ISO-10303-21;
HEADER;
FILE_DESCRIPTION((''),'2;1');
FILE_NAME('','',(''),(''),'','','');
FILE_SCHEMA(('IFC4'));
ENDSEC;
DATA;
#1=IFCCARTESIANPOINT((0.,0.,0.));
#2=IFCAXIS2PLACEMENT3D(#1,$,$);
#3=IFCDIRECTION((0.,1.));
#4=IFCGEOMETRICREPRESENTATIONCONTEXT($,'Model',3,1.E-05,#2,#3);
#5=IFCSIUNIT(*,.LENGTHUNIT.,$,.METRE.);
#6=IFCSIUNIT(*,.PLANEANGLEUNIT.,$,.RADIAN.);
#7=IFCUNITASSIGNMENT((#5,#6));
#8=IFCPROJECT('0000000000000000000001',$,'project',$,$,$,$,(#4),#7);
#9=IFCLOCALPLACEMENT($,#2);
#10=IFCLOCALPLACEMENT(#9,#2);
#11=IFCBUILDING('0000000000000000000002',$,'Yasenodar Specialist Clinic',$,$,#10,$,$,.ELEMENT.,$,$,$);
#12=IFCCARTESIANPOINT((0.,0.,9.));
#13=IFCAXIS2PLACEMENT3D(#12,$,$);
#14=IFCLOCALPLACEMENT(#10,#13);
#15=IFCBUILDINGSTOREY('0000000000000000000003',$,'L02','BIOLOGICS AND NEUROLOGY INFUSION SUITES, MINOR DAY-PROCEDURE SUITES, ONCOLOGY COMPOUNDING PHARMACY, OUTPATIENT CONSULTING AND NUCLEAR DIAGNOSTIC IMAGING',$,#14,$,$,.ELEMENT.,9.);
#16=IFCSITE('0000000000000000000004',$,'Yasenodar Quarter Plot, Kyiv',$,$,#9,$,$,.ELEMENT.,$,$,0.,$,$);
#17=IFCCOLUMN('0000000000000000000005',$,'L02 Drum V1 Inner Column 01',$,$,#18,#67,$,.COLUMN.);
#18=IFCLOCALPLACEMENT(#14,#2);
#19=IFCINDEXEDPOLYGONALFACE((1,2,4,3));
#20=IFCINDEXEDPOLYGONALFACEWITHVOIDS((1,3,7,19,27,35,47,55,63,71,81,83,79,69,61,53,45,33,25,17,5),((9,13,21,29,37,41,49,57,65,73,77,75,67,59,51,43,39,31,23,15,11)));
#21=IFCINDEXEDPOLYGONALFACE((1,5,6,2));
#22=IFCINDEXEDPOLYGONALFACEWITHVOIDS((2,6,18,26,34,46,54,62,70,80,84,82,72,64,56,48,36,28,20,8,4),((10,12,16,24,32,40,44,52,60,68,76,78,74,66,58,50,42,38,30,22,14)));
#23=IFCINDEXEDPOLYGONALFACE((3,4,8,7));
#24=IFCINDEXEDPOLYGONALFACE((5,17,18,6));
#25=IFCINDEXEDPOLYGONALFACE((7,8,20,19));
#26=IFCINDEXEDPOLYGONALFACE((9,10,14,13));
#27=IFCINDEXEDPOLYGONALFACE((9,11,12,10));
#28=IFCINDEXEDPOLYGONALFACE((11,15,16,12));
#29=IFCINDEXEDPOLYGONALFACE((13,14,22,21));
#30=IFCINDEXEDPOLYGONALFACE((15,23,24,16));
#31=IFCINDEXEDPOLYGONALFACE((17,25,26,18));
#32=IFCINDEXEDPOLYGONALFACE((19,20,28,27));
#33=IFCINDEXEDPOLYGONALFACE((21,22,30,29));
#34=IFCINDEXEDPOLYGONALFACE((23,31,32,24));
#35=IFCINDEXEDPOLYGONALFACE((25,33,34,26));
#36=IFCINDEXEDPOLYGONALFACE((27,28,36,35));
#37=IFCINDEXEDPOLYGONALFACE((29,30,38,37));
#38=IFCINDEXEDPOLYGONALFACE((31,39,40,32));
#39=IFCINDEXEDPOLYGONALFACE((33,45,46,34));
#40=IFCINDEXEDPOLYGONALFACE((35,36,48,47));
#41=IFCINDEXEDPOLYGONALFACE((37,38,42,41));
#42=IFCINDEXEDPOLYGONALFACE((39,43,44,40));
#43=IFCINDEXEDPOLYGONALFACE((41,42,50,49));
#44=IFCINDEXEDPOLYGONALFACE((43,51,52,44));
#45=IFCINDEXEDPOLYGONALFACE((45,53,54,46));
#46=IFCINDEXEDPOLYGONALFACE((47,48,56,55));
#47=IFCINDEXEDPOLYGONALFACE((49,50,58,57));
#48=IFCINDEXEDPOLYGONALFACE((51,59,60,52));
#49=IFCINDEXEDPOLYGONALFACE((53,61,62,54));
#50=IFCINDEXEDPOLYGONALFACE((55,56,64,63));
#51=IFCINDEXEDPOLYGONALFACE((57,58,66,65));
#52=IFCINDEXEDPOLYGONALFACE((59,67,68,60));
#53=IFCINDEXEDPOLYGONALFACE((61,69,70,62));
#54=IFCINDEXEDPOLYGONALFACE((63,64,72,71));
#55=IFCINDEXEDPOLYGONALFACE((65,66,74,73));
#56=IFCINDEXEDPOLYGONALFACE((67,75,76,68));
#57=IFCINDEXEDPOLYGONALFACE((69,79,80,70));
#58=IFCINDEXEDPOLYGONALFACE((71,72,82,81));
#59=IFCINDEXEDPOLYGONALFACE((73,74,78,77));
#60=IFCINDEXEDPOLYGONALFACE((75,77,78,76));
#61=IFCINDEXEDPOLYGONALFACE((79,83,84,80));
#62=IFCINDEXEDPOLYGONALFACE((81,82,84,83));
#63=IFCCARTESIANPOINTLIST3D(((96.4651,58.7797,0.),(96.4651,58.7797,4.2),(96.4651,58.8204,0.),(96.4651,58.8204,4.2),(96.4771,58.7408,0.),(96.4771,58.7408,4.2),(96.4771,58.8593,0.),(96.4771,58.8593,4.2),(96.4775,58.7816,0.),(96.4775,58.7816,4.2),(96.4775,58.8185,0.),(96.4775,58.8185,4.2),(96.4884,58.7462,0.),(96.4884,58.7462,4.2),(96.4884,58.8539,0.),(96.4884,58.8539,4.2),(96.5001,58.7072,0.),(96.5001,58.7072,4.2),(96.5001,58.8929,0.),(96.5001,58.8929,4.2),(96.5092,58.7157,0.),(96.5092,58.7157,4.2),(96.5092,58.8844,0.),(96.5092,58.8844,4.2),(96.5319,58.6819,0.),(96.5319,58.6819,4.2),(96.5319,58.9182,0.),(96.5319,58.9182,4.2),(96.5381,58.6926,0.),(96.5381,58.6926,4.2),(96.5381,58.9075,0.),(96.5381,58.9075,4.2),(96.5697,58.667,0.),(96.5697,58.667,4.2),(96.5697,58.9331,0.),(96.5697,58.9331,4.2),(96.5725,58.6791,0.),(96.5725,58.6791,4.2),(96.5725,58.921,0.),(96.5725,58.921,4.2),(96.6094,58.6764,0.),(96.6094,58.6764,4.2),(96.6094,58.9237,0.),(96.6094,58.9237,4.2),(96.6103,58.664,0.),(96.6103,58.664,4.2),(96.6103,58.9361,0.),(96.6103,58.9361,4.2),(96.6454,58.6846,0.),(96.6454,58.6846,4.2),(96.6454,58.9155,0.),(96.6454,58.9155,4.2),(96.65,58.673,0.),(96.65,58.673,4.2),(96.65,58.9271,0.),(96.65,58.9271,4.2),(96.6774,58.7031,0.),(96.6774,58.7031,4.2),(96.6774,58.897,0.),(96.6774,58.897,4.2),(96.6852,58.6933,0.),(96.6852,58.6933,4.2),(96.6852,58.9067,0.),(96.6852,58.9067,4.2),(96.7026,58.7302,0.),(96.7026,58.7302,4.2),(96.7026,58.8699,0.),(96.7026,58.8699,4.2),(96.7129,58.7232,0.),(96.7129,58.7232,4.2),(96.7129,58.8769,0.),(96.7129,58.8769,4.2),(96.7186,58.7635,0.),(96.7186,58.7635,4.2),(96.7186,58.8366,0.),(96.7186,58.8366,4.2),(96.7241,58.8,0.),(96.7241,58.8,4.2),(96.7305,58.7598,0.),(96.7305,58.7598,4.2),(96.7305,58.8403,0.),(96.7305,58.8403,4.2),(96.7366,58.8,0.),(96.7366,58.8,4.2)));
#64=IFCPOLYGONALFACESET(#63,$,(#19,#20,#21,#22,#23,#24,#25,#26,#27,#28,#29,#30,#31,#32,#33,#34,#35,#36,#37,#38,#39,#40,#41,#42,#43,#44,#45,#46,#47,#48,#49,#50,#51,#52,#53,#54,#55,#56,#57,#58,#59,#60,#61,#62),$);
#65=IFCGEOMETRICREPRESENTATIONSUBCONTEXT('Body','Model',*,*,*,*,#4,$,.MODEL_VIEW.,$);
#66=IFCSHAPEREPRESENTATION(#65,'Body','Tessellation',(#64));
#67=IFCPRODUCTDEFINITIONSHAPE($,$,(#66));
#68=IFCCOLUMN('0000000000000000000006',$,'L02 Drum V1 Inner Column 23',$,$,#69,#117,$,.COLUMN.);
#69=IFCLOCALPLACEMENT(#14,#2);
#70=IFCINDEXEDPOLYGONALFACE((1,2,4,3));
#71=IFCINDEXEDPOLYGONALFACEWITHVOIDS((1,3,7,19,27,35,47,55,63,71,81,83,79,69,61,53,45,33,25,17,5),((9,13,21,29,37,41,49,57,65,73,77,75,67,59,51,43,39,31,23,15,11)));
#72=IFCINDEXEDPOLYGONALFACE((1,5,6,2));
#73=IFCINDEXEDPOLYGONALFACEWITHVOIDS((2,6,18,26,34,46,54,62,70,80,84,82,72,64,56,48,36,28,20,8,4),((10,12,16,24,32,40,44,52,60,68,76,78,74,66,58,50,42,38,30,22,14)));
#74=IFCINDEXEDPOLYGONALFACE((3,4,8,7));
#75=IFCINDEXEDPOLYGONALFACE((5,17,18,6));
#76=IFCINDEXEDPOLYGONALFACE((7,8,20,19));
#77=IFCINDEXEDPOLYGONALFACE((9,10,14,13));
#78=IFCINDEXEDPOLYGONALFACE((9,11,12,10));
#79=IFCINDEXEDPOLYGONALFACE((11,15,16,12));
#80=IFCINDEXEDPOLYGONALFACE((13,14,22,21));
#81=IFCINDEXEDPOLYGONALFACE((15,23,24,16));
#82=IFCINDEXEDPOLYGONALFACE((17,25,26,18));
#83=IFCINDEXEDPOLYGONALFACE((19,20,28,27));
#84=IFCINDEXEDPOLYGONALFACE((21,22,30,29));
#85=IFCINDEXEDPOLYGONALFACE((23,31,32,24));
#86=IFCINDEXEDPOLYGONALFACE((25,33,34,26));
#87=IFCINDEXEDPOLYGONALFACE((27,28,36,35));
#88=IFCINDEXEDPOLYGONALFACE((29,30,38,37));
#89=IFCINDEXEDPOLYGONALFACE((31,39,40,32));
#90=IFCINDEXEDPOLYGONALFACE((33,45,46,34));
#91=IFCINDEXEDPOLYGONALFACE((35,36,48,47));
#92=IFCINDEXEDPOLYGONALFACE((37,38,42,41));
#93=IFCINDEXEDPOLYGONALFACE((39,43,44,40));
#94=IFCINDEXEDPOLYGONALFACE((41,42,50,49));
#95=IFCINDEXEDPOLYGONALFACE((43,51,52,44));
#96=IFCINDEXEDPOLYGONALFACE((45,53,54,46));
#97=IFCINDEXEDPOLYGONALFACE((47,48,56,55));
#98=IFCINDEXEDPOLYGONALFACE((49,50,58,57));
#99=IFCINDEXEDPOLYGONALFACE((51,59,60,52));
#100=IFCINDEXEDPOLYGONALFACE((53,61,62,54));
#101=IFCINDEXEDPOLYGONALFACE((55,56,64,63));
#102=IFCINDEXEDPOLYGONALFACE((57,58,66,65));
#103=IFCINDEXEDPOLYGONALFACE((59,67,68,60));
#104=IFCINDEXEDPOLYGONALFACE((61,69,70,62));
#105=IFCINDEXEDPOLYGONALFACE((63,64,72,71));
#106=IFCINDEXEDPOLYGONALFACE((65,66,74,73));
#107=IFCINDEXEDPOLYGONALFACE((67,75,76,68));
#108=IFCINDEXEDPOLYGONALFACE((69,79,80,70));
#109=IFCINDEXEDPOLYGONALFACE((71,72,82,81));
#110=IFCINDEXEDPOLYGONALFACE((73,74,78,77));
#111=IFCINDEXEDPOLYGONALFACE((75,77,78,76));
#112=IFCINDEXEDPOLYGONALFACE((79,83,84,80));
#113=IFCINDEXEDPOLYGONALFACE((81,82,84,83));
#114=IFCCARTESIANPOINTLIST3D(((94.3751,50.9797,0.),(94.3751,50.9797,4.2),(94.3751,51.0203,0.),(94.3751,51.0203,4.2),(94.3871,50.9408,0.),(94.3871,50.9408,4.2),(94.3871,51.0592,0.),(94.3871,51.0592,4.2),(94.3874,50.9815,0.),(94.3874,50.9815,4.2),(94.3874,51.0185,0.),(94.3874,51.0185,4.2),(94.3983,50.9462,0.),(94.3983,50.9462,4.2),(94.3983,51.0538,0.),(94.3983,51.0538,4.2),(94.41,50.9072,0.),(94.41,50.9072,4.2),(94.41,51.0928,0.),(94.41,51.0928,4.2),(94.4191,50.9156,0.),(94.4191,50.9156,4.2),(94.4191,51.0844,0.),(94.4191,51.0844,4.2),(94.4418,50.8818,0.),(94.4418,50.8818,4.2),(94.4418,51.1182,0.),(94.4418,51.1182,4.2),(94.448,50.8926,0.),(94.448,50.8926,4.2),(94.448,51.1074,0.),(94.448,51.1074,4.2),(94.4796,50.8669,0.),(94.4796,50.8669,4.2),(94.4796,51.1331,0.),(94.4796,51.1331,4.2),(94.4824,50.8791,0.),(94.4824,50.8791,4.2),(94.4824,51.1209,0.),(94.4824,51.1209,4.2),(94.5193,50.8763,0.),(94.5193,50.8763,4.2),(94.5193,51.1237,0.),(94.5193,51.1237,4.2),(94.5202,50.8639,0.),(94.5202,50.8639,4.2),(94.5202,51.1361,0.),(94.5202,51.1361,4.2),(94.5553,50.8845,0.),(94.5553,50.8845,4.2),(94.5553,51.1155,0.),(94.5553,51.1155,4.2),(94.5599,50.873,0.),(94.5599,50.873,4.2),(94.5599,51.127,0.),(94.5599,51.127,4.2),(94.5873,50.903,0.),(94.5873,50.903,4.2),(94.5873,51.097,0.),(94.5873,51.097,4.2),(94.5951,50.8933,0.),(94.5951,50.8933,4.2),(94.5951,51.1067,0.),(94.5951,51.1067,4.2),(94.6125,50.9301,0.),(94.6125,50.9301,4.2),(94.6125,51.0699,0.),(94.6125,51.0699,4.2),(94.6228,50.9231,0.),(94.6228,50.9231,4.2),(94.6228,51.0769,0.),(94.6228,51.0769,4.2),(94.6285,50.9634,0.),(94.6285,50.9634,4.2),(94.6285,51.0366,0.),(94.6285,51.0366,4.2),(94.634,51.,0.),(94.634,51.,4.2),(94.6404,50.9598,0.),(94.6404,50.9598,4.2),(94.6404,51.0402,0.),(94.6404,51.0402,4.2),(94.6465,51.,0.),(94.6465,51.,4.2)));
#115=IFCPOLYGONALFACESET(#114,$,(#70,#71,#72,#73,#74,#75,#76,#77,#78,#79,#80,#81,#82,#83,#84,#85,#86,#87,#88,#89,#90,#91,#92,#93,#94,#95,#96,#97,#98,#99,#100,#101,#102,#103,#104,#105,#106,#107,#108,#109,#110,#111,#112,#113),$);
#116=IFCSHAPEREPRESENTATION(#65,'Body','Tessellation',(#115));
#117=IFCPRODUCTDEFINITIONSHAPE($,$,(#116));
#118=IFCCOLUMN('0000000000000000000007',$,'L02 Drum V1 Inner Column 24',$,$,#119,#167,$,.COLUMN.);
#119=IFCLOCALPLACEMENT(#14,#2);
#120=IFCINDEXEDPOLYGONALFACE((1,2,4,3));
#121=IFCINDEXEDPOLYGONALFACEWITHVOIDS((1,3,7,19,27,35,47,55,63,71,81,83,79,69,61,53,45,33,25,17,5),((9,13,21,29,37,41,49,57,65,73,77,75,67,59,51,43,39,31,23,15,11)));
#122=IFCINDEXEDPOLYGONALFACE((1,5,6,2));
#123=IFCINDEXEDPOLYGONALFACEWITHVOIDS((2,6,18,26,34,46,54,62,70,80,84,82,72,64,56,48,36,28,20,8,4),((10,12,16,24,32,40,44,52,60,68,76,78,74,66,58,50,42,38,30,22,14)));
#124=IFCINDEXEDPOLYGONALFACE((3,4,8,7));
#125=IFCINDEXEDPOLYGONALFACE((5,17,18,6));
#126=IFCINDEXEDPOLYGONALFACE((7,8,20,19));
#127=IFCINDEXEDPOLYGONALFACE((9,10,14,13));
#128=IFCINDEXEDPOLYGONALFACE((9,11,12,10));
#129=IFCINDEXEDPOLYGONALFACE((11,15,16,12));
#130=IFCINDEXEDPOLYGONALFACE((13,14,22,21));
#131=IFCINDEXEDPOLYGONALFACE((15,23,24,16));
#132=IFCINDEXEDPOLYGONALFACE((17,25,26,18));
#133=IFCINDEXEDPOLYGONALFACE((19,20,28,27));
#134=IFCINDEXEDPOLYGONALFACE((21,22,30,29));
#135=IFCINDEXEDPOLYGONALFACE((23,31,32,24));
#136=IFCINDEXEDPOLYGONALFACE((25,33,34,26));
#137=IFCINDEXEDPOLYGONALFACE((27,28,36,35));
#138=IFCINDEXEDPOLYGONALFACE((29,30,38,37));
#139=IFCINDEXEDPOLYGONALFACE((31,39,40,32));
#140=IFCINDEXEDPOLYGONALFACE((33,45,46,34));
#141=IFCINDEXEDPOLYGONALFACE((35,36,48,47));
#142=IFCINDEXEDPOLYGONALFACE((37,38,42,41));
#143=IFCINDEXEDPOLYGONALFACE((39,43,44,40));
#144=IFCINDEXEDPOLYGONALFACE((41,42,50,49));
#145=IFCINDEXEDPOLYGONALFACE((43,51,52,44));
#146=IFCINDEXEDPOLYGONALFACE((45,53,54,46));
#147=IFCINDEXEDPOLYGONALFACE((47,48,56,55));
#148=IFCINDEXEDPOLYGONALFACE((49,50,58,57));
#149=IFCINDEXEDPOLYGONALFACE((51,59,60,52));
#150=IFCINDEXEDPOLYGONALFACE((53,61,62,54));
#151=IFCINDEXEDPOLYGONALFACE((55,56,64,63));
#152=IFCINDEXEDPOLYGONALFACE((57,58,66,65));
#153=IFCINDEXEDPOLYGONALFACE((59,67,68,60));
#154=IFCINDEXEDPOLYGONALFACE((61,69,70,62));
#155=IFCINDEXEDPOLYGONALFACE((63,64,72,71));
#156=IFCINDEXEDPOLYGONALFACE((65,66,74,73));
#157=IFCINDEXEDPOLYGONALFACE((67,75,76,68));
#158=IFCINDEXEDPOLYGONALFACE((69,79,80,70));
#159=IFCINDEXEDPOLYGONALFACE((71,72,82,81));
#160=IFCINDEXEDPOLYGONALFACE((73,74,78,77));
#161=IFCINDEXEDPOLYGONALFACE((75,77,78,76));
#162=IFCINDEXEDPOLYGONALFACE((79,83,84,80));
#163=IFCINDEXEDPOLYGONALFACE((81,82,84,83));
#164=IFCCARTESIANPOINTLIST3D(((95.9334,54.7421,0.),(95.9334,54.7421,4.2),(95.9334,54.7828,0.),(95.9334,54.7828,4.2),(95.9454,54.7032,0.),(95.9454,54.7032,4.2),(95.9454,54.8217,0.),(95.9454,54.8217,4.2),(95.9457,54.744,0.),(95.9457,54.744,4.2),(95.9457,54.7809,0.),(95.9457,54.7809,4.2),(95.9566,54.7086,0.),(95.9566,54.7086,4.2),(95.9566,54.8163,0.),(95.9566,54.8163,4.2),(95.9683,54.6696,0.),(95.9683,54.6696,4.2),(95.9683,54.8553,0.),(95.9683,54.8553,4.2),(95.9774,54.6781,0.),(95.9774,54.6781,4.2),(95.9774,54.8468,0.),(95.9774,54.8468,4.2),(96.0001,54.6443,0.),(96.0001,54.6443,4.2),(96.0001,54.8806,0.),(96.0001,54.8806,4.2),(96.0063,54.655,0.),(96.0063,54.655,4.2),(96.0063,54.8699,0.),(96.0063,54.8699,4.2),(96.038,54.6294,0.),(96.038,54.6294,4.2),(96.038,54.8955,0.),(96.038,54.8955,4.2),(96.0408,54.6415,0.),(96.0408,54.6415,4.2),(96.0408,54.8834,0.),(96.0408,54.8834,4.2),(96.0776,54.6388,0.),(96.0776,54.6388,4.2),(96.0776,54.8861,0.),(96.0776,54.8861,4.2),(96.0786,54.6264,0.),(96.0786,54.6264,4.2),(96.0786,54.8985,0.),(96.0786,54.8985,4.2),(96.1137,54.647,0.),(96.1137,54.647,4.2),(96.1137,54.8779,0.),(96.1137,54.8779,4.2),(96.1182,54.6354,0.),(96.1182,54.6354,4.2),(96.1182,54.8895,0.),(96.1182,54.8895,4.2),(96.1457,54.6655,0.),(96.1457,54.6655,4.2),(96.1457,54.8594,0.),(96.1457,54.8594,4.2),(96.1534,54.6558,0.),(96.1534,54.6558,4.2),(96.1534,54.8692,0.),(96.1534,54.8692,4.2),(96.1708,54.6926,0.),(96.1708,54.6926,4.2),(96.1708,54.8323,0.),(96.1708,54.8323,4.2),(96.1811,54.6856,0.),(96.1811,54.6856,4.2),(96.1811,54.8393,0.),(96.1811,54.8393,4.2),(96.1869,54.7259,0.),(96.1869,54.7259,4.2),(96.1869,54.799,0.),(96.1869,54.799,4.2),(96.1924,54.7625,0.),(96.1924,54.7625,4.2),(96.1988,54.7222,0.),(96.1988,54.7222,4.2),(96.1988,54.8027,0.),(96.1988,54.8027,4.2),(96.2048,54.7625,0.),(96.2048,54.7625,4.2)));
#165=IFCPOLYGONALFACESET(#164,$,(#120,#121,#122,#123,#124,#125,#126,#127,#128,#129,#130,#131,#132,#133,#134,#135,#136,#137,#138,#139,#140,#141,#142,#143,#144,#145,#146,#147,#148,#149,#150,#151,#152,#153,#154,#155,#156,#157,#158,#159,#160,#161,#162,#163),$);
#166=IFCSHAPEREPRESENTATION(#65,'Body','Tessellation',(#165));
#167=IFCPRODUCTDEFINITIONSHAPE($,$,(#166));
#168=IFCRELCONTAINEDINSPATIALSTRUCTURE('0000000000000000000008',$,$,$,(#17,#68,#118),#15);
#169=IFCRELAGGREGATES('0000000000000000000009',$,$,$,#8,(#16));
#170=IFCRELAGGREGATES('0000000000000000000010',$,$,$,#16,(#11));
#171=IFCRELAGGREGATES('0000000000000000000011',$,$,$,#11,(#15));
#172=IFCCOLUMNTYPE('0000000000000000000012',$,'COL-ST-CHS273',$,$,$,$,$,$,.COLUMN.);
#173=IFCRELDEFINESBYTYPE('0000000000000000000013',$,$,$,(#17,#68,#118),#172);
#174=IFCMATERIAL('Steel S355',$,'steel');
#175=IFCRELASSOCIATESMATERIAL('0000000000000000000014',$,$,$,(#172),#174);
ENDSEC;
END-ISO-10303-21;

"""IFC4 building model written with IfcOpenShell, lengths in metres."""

from ifc_helpers import new_model, si_unit, direction, frame, origin, origin_2d, place, context, subcontext, project, spatial, hollow_circle, extrude, material, material_profile, profile_set, type_object, element, save


model = new_model("IFC4")

# Units and contexts
model_context = context("Model", 3, precision=1e-05, world=origin(), true_north=direction((0.0, 1.0)))
body_context = subcontext(model_context, "Body", "Model", "MODEL_VIEW")
ifc_project = project(units=[si_unit("LENGTHUNIT", "METRE"), si_unit("PLANEANGLEUNIT", "RADIAN")], contexts=[model_context])

# Site, building, storey
site_placement = place(None, origin())
site = spatial("IfcSite", under=ifc_project, at=site_placement, Name="Yasenodar Quarter Plot, Kyiv", CompositionType="ELEMENT", RefElevation=0.0)
building_placement = place(site_placement, origin())
building = spatial("IfcBuilding", under=site, at=building_placement, Name="Yasenodar Specialist Clinic", CompositionType="ELEMENT")
storey_placement = place(building_placement, frame((0.0, 0.0, 9.0)))
storey = spatial("IfcBuildingStorey", under=building, at=storey_placement, Name="L02", Description="BIOLOGICS AND NEUROLOGY INFUSION SUITES, MINOR DAY-PROCEDURE SUITES, ONCOLOGY COMPOUNDING PHARMACY, OUTPATIENT CONSULTING AND NUCLEAR DIAGNOSTIC IMAGING", CompositionType="ELEMENT", Elevation=9.0)

# Columns
ifc_material_1 = material(Name="Steel S355", Category="steel")
ifc_material_profile_1 = material_profile(ifc_material_1, hollow_circle(Radius=0.1365, WallThickness=0.0125, at=origin_2d()), Name="CHS 273x12.5")
ifc_profile_set_1 = profile_set([ifc_material_profile_1], Name="Steel S355")
column_type_1 = type_object("IfcColumnType", Name="COL-ST-CHS273", PredefinedType="COLUMN", material=ifc_profile_set_1)
for number, where, z_axis, x_axis, name in (
    (1, (96.6001, 58.8, 0.0), (0.0, 0.0, 1.0), (1.0, 0.0, 0.0), "L02 Drum V1 Inner Column 01"),
    (2, (94.51, 51.0, 0.0), (0.0, 0.0, 1.0), (1.0, 0.0, 0.0), "L02 Drum V1 Inner Column 23"),
    (3, (96.0684, 54.7625, 0.0), (0.0, 0.0, 1.0), (1.0, 0.0, 0.0), "L02 Drum V1 Inner Column 24"),
):
    element("IfcColumn", number, at=place(storey_placement, frame(where, z_axis=z_axis, x_axis=x_axis)), inside=storey, type_object=column_type_1, Name=name, PredefinedType="COLUMN", context=body_context, shape_type="SweptSolid", body=[
        extrude(hollow_circle(Radius=0.1365, WallThickness=0.0125, at=origin_2d()), origin(), (0.0, 0.0, 1.0), 4.2),
    ])

save(model, "model.ifc")
